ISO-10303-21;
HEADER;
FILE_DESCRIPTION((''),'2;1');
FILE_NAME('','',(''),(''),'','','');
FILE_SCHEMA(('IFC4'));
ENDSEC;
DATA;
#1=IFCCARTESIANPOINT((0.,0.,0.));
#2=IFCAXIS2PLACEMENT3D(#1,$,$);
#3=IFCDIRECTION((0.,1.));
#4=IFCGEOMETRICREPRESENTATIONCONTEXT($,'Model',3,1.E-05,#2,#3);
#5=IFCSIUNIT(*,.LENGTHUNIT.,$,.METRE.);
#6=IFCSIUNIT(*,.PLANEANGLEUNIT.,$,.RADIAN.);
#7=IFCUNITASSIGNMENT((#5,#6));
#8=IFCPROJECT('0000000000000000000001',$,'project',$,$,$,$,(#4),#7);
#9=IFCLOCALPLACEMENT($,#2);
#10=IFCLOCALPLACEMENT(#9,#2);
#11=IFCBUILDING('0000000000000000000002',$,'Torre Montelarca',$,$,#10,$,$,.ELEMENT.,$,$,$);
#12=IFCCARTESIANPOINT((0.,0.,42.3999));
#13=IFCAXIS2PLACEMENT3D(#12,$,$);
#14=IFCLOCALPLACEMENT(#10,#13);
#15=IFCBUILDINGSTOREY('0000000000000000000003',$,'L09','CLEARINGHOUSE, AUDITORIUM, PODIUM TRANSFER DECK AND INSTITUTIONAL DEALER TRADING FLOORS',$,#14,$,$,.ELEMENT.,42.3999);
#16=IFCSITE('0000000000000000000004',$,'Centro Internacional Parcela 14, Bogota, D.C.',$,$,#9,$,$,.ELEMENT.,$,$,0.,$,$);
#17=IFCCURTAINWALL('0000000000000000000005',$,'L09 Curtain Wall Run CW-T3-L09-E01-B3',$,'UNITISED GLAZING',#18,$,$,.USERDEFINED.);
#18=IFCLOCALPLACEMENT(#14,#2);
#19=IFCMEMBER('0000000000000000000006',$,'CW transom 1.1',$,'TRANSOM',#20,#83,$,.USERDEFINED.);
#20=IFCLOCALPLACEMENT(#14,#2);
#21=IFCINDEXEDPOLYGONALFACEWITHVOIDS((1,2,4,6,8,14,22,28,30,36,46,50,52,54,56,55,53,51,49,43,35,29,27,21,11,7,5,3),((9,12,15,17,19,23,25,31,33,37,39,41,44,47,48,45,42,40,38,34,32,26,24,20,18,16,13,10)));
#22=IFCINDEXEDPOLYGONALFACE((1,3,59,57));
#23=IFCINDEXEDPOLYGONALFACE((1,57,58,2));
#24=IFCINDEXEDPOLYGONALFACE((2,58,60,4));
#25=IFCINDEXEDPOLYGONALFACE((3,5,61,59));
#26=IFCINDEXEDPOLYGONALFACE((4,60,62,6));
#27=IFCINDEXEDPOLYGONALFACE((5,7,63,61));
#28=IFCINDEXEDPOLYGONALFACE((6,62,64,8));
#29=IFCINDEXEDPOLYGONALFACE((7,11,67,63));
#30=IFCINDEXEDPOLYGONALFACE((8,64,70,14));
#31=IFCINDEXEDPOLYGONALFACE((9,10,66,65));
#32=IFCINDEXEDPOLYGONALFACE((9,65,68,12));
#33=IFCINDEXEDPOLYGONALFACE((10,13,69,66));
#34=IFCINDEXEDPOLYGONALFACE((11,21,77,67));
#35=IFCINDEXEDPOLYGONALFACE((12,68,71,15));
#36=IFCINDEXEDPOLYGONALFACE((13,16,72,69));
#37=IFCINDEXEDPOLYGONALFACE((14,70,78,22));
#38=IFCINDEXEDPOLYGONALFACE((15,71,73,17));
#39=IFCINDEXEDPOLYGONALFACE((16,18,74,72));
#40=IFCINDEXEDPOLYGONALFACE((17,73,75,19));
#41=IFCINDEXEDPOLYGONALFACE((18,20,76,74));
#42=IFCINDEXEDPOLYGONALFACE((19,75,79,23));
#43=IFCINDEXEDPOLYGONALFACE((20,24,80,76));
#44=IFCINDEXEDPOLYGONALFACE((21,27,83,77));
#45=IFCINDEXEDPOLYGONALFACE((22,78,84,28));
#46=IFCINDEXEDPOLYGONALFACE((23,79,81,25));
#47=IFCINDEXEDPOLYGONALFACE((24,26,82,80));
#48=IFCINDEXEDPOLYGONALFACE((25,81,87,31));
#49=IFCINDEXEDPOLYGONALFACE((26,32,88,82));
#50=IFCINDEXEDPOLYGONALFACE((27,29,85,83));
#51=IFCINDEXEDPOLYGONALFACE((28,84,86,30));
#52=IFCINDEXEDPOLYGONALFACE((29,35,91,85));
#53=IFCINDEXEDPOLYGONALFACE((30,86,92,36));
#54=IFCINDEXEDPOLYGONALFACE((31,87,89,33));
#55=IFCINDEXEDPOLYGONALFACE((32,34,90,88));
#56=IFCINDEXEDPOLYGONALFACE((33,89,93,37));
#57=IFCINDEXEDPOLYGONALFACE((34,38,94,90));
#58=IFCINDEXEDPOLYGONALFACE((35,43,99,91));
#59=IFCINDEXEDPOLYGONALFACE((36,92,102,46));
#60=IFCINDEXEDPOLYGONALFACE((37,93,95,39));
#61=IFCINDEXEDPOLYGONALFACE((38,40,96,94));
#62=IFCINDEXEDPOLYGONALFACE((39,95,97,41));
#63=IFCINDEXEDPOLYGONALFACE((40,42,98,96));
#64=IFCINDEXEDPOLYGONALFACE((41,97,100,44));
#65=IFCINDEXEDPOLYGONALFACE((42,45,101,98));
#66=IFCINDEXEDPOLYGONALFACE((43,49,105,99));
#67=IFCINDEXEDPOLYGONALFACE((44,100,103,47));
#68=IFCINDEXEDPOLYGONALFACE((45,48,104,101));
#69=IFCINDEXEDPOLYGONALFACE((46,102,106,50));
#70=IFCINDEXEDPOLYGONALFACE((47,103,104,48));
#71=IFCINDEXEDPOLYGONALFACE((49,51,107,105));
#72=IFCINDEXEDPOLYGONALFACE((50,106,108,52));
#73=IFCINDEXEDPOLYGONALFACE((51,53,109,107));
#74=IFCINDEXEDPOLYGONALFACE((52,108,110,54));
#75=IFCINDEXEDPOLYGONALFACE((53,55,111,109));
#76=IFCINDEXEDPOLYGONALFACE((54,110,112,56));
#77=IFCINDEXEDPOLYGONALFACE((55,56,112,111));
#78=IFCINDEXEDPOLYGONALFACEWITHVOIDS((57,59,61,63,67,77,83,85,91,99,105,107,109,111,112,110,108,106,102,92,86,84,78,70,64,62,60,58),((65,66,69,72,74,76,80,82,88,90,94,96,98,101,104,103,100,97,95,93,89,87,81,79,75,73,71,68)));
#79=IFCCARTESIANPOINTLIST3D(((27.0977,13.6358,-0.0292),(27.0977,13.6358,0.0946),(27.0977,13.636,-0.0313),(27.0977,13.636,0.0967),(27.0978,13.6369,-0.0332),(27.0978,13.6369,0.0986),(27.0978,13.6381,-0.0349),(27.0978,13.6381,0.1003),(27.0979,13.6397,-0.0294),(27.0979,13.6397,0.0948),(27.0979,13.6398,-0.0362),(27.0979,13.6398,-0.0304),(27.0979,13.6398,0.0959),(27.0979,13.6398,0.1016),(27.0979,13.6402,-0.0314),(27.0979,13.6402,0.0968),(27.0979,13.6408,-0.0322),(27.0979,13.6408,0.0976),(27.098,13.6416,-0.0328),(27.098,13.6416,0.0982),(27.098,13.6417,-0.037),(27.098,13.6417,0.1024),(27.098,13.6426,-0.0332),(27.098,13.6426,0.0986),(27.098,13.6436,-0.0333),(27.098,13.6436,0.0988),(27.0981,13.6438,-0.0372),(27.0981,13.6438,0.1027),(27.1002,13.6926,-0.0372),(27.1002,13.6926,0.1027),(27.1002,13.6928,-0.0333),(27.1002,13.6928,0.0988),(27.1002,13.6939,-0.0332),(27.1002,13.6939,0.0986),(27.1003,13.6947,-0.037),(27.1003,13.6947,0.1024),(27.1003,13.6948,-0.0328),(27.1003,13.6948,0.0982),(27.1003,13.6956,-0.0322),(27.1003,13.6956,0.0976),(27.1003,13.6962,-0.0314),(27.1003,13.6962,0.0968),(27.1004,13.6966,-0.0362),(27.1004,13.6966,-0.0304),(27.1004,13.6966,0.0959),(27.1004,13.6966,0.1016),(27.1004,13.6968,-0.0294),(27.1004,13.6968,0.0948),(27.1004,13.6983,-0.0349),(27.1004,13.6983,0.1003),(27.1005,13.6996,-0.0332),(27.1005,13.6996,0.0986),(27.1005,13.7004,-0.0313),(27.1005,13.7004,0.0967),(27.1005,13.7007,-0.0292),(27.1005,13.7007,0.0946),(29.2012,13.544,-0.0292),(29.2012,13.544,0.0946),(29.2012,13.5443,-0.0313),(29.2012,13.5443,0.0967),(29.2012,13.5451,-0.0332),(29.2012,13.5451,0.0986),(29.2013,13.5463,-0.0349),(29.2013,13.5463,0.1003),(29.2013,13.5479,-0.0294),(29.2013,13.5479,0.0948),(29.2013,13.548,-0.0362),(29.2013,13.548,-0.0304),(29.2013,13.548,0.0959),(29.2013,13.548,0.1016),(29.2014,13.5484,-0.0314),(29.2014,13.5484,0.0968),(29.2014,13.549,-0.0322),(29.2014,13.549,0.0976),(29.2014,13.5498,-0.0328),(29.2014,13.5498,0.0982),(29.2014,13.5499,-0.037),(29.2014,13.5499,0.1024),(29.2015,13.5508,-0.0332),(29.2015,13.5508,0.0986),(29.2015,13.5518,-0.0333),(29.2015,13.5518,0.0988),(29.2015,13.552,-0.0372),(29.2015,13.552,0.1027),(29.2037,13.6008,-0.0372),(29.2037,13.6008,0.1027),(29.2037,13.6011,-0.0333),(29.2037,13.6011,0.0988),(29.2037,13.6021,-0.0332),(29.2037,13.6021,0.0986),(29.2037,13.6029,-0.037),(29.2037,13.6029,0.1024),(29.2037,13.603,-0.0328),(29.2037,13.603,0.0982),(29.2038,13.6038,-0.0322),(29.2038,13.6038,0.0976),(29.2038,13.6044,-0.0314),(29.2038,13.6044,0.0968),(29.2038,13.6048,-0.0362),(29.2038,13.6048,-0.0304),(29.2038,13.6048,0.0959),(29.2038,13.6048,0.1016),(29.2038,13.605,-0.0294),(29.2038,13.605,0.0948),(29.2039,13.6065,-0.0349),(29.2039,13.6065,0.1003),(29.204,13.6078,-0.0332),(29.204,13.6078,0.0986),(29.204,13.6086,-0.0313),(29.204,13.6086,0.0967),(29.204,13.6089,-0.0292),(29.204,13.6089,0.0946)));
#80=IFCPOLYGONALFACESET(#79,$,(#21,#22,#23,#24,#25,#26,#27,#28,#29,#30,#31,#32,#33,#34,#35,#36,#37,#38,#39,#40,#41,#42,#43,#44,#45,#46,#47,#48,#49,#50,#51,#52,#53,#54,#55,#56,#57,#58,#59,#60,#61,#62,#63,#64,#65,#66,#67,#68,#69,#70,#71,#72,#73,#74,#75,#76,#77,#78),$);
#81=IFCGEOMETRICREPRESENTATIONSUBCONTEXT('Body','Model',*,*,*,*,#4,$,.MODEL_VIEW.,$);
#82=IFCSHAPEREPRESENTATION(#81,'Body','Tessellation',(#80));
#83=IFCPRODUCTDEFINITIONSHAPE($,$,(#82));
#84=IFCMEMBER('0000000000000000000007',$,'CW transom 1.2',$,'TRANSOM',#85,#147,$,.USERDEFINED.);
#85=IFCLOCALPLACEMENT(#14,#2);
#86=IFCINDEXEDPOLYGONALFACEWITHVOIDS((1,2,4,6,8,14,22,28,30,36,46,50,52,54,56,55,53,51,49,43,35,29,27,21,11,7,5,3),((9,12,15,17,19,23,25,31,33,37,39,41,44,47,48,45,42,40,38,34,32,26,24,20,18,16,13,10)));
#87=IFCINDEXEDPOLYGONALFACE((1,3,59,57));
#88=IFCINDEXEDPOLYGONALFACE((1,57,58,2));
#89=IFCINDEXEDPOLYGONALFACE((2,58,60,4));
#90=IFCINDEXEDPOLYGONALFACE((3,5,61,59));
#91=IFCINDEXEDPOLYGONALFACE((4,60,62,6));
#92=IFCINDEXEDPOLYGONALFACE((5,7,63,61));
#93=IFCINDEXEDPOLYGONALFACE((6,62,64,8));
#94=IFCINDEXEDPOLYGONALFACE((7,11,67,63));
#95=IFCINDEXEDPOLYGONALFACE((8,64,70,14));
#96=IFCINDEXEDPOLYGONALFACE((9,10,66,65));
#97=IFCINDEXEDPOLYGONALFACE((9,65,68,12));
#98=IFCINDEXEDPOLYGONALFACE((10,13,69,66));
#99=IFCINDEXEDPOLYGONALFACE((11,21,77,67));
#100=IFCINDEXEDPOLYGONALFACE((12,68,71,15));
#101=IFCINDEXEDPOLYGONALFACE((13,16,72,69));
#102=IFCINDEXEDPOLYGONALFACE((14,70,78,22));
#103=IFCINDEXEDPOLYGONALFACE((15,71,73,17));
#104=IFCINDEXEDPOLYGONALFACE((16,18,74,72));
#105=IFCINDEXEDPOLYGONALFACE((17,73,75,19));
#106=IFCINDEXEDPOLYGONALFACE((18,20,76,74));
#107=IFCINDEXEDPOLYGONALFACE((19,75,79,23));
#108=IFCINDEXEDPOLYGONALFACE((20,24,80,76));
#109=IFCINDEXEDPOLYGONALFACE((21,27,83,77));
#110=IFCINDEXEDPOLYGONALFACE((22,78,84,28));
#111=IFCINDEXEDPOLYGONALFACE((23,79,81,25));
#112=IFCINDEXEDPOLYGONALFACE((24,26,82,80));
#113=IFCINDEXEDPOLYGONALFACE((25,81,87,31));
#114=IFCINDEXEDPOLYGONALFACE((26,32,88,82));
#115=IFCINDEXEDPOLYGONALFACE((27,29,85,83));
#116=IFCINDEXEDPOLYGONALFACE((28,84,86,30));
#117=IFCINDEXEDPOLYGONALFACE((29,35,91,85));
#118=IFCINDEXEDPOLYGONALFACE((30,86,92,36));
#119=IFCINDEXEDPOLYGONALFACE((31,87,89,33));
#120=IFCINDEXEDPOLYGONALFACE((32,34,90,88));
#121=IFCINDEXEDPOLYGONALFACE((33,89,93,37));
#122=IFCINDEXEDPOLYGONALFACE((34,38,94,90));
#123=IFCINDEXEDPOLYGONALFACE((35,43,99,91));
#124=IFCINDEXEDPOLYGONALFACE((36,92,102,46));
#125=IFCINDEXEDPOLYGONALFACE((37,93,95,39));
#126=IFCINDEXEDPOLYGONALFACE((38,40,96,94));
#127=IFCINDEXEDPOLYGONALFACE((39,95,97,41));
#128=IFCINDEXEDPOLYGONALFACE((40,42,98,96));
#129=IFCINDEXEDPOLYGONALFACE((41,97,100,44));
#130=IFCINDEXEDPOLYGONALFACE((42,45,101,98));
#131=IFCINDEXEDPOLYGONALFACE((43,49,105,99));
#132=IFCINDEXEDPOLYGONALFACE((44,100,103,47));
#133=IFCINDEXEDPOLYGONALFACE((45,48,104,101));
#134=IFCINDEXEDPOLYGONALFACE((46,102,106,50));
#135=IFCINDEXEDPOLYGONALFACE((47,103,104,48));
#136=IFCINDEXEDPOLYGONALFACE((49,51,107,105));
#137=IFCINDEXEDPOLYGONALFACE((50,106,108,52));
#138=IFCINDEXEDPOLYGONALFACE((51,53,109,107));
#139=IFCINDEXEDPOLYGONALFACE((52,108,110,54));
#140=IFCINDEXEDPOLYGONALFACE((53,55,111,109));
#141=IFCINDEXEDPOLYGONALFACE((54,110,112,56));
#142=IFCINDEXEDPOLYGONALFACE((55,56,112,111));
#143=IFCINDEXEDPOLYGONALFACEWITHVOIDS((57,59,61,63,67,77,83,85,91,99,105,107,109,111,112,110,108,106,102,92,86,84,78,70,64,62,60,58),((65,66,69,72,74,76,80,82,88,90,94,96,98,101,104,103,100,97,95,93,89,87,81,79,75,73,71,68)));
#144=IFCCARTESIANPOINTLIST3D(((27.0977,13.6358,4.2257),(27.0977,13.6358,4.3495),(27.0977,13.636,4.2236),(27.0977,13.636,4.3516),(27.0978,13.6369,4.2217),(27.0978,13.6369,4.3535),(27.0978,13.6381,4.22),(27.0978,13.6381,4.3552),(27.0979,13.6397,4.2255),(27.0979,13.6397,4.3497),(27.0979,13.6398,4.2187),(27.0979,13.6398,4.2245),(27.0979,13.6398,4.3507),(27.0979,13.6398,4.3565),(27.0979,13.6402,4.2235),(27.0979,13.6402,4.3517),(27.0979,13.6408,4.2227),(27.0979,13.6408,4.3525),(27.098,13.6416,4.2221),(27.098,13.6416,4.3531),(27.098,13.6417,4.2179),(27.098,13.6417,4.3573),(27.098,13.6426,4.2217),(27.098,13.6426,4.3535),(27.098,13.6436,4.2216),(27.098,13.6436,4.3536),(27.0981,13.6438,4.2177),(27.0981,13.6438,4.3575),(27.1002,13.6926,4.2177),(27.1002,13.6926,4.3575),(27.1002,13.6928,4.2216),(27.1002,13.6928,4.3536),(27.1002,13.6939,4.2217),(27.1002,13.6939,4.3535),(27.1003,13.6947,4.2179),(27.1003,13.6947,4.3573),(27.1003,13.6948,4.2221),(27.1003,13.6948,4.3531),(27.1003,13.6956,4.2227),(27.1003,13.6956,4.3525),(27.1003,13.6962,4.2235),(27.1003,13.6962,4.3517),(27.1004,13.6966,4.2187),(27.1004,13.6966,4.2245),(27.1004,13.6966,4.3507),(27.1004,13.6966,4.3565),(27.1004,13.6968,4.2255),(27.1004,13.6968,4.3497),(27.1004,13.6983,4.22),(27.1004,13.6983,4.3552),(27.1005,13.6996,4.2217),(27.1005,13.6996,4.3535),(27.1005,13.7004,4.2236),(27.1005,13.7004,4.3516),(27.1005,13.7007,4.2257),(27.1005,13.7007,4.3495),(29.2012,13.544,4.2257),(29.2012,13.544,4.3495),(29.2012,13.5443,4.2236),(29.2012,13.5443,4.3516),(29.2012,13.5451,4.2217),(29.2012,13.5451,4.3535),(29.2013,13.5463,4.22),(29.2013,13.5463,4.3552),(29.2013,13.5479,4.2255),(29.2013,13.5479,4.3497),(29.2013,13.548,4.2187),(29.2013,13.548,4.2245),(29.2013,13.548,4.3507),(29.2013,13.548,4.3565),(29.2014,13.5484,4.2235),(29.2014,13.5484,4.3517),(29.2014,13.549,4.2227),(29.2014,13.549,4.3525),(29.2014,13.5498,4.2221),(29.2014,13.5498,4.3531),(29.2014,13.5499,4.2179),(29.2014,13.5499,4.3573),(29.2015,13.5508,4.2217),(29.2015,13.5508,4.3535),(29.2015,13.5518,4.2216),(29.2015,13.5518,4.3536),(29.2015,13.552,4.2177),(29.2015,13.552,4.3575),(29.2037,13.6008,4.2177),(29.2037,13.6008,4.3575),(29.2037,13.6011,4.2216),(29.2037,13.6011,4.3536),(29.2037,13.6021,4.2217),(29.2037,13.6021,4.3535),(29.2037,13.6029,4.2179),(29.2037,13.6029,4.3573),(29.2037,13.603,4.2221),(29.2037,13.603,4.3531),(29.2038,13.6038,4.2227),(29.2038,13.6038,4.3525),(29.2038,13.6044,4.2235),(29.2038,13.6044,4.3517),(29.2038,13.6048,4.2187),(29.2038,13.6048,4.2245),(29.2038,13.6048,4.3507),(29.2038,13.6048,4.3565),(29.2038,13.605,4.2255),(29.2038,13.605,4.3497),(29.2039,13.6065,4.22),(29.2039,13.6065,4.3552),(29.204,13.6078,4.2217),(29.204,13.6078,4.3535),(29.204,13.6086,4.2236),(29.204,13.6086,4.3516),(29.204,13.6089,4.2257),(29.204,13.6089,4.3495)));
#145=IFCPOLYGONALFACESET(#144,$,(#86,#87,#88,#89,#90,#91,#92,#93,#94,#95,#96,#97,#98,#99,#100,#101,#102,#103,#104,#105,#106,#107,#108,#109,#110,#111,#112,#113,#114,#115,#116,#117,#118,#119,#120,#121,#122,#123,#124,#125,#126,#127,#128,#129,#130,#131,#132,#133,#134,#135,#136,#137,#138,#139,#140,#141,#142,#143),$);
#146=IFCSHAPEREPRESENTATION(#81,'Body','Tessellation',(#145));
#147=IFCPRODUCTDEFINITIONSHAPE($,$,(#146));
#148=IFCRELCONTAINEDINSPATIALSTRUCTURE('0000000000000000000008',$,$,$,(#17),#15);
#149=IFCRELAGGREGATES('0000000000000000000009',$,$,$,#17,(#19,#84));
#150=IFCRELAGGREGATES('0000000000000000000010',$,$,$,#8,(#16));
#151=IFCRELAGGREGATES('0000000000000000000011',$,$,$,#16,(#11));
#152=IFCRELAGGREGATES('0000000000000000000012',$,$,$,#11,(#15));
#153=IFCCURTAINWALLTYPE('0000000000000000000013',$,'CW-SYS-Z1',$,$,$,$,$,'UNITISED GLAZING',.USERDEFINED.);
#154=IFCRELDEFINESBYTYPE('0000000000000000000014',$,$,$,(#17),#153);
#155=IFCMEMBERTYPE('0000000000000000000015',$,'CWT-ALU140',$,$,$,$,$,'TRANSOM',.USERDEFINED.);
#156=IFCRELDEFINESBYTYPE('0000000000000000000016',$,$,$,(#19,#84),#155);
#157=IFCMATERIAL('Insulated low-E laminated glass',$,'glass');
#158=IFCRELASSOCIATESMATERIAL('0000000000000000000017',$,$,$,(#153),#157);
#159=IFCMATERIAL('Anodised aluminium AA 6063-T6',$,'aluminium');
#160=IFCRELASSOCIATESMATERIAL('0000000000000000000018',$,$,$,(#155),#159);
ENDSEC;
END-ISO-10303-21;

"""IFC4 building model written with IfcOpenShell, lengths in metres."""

from ifc_helpers import new_model, si_unit, direction, frame, origin, origin_2d, place, context, subcontext, project, spatial, hollow_rectangle, extrude, source, transform, mapped, material, material_profile, profile_set, type_object, element, aggregate, save


model = new_model("IFC4")

# Units and contexts
model_context = context("Model", 3, precision=1e-05, world=origin(), true_north=direction((0.0, 1.0)))
body_context = subcontext(model_context, "Body", "Model", "MODEL_VIEW")
ifc_project = project(units=[si_unit("LENGTHUNIT", "METRE"), si_unit("PLANEANGLEUNIT", "RADIAN")], contexts=[model_context])

# Site, building, storey
site_placement = place(None, origin())
site = spatial("IfcSite", under=ifc_project, at=site_placement, Name="Centro Internacional Parcela 14, Bogota, D.C.", CompositionType="ELEMENT", RefElevation=0.0)
building_placement = place(site_placement, origin())
building = spatial("IfcBuilding", under=site, at=building_placement, Name="Torre Montelarca", CompositionType="ELEMENT")
storey_placement = place(building_placement, frame((0.0, 0.0, 42.3999)))
storey = spatial("IfcBuildingStorey", under=building, at=storey_placement, Name="L09", Description="CLEARINGHOUSE, AUDITORIUM, PODIUM TRANSFER DECK AND INSTITUTIONAL DEALER TRADING FLOORS", CompositionType="ELEMENT", Elevation=42.3999)

# Curtain wall
ifc_material_1 = material(Name="Insulated low-E laminated glass", Category="glass")
curtain_wall_type = type_object("IfcCurtainWallType", Name="CW-SYS-Z1", ElementType="UNITISED GLAZING", PredefinedType="USERDEFINED", material=ifc_material_1)
ifc_material_2 = material(Name="Anodised aluminium AA 6063-T6", Category="aluminium")
curtain_wall_1_placement = place(storey_placement, origin())
curtain_wall_1 = element("IfcCurtainWall", 1, at=curtain_wall_1_placement, inside=storey, type_object=curtain_wall_type, Name="L09 Curtain Wall Run CW-T3-L09-E01-B3", ObjectType="UNITISED GLAZING", PredefinedType="USERDEFINED")
ifc_material_profile_1 = material_profile(ifc_material_2, hollow_rectangle(XDim=0.0649, YDim=0.1399, WallThickness=0.0039, InnerFilletRadius=0.0039, OuterFilletRadius=0.0081, at=origin_2d()), Name="ALU65X140X4", Category="aluminium")
ifc_profile_set_1 = profile_set([ifc_material_profile_1], Name="Anodised aluminium AA 6063-T6")
member_type_1 = type_object("IfcMemberType", Name="CWT-ALU140", ElementType="TRANSOM", PredefinedType="USERDEFINED", material=ifc_profile_set_1)

# Members
shared_shape_1 = source(origin(), body_context, "Body", "SweptSolid", [
    extrude(hollow_rectangle(XDim=0.0649, YDim=0.1399, WallThickness=0.0039, InnerFilletRadius=0.0039, OuterFilletRadius=0.0081, at=origin_2d()), origin(), (0.0, 0.0, 1.0), 2.1055),
])
member_1_placement = place(storey_placement, frame((27.0991, 13.6682, 0.0327), z_axis=(0.999049, -0.043598, 0.0), x_axis=(0.043598, 0.999049, 0.0)))
member_1 = element("IfcMember", 2, at=member_1_placement, type_object=member_type_1, Name="CW transom 1.1", ObjectType="TRANSOM", PredefinedType="USERDEFINED", context=body_context, shape_type="MappedRepresentation", body=[
    mapped(shared_shape_1, transform((0.0, 0.0, 0.0), scale=1.0)),
])
member_2_placement = place(storey_placement, frame((27.0991, 13.6682, 4.2876), z_axis=(0.999049, -0.043598, 0.0), x_axis=(0.043598, 0.999049, 0.0)))
member_2 = element("IfcMember", 3, at=member_2_placement, type_object=member_type_1, Name="CW transom 1.2", ObjectType="TRANSOM", PredefinedType="USERDEFINED", context=body_context, shape_type="MappedRepresentation", body=[
    mapped(shared_shape_1, transform((0.0, 0.0, 0.0), scale=1.0)),
])

aggregate(curtain_wall_1, [member_1, member_2])

save(model, "model.ifc")
